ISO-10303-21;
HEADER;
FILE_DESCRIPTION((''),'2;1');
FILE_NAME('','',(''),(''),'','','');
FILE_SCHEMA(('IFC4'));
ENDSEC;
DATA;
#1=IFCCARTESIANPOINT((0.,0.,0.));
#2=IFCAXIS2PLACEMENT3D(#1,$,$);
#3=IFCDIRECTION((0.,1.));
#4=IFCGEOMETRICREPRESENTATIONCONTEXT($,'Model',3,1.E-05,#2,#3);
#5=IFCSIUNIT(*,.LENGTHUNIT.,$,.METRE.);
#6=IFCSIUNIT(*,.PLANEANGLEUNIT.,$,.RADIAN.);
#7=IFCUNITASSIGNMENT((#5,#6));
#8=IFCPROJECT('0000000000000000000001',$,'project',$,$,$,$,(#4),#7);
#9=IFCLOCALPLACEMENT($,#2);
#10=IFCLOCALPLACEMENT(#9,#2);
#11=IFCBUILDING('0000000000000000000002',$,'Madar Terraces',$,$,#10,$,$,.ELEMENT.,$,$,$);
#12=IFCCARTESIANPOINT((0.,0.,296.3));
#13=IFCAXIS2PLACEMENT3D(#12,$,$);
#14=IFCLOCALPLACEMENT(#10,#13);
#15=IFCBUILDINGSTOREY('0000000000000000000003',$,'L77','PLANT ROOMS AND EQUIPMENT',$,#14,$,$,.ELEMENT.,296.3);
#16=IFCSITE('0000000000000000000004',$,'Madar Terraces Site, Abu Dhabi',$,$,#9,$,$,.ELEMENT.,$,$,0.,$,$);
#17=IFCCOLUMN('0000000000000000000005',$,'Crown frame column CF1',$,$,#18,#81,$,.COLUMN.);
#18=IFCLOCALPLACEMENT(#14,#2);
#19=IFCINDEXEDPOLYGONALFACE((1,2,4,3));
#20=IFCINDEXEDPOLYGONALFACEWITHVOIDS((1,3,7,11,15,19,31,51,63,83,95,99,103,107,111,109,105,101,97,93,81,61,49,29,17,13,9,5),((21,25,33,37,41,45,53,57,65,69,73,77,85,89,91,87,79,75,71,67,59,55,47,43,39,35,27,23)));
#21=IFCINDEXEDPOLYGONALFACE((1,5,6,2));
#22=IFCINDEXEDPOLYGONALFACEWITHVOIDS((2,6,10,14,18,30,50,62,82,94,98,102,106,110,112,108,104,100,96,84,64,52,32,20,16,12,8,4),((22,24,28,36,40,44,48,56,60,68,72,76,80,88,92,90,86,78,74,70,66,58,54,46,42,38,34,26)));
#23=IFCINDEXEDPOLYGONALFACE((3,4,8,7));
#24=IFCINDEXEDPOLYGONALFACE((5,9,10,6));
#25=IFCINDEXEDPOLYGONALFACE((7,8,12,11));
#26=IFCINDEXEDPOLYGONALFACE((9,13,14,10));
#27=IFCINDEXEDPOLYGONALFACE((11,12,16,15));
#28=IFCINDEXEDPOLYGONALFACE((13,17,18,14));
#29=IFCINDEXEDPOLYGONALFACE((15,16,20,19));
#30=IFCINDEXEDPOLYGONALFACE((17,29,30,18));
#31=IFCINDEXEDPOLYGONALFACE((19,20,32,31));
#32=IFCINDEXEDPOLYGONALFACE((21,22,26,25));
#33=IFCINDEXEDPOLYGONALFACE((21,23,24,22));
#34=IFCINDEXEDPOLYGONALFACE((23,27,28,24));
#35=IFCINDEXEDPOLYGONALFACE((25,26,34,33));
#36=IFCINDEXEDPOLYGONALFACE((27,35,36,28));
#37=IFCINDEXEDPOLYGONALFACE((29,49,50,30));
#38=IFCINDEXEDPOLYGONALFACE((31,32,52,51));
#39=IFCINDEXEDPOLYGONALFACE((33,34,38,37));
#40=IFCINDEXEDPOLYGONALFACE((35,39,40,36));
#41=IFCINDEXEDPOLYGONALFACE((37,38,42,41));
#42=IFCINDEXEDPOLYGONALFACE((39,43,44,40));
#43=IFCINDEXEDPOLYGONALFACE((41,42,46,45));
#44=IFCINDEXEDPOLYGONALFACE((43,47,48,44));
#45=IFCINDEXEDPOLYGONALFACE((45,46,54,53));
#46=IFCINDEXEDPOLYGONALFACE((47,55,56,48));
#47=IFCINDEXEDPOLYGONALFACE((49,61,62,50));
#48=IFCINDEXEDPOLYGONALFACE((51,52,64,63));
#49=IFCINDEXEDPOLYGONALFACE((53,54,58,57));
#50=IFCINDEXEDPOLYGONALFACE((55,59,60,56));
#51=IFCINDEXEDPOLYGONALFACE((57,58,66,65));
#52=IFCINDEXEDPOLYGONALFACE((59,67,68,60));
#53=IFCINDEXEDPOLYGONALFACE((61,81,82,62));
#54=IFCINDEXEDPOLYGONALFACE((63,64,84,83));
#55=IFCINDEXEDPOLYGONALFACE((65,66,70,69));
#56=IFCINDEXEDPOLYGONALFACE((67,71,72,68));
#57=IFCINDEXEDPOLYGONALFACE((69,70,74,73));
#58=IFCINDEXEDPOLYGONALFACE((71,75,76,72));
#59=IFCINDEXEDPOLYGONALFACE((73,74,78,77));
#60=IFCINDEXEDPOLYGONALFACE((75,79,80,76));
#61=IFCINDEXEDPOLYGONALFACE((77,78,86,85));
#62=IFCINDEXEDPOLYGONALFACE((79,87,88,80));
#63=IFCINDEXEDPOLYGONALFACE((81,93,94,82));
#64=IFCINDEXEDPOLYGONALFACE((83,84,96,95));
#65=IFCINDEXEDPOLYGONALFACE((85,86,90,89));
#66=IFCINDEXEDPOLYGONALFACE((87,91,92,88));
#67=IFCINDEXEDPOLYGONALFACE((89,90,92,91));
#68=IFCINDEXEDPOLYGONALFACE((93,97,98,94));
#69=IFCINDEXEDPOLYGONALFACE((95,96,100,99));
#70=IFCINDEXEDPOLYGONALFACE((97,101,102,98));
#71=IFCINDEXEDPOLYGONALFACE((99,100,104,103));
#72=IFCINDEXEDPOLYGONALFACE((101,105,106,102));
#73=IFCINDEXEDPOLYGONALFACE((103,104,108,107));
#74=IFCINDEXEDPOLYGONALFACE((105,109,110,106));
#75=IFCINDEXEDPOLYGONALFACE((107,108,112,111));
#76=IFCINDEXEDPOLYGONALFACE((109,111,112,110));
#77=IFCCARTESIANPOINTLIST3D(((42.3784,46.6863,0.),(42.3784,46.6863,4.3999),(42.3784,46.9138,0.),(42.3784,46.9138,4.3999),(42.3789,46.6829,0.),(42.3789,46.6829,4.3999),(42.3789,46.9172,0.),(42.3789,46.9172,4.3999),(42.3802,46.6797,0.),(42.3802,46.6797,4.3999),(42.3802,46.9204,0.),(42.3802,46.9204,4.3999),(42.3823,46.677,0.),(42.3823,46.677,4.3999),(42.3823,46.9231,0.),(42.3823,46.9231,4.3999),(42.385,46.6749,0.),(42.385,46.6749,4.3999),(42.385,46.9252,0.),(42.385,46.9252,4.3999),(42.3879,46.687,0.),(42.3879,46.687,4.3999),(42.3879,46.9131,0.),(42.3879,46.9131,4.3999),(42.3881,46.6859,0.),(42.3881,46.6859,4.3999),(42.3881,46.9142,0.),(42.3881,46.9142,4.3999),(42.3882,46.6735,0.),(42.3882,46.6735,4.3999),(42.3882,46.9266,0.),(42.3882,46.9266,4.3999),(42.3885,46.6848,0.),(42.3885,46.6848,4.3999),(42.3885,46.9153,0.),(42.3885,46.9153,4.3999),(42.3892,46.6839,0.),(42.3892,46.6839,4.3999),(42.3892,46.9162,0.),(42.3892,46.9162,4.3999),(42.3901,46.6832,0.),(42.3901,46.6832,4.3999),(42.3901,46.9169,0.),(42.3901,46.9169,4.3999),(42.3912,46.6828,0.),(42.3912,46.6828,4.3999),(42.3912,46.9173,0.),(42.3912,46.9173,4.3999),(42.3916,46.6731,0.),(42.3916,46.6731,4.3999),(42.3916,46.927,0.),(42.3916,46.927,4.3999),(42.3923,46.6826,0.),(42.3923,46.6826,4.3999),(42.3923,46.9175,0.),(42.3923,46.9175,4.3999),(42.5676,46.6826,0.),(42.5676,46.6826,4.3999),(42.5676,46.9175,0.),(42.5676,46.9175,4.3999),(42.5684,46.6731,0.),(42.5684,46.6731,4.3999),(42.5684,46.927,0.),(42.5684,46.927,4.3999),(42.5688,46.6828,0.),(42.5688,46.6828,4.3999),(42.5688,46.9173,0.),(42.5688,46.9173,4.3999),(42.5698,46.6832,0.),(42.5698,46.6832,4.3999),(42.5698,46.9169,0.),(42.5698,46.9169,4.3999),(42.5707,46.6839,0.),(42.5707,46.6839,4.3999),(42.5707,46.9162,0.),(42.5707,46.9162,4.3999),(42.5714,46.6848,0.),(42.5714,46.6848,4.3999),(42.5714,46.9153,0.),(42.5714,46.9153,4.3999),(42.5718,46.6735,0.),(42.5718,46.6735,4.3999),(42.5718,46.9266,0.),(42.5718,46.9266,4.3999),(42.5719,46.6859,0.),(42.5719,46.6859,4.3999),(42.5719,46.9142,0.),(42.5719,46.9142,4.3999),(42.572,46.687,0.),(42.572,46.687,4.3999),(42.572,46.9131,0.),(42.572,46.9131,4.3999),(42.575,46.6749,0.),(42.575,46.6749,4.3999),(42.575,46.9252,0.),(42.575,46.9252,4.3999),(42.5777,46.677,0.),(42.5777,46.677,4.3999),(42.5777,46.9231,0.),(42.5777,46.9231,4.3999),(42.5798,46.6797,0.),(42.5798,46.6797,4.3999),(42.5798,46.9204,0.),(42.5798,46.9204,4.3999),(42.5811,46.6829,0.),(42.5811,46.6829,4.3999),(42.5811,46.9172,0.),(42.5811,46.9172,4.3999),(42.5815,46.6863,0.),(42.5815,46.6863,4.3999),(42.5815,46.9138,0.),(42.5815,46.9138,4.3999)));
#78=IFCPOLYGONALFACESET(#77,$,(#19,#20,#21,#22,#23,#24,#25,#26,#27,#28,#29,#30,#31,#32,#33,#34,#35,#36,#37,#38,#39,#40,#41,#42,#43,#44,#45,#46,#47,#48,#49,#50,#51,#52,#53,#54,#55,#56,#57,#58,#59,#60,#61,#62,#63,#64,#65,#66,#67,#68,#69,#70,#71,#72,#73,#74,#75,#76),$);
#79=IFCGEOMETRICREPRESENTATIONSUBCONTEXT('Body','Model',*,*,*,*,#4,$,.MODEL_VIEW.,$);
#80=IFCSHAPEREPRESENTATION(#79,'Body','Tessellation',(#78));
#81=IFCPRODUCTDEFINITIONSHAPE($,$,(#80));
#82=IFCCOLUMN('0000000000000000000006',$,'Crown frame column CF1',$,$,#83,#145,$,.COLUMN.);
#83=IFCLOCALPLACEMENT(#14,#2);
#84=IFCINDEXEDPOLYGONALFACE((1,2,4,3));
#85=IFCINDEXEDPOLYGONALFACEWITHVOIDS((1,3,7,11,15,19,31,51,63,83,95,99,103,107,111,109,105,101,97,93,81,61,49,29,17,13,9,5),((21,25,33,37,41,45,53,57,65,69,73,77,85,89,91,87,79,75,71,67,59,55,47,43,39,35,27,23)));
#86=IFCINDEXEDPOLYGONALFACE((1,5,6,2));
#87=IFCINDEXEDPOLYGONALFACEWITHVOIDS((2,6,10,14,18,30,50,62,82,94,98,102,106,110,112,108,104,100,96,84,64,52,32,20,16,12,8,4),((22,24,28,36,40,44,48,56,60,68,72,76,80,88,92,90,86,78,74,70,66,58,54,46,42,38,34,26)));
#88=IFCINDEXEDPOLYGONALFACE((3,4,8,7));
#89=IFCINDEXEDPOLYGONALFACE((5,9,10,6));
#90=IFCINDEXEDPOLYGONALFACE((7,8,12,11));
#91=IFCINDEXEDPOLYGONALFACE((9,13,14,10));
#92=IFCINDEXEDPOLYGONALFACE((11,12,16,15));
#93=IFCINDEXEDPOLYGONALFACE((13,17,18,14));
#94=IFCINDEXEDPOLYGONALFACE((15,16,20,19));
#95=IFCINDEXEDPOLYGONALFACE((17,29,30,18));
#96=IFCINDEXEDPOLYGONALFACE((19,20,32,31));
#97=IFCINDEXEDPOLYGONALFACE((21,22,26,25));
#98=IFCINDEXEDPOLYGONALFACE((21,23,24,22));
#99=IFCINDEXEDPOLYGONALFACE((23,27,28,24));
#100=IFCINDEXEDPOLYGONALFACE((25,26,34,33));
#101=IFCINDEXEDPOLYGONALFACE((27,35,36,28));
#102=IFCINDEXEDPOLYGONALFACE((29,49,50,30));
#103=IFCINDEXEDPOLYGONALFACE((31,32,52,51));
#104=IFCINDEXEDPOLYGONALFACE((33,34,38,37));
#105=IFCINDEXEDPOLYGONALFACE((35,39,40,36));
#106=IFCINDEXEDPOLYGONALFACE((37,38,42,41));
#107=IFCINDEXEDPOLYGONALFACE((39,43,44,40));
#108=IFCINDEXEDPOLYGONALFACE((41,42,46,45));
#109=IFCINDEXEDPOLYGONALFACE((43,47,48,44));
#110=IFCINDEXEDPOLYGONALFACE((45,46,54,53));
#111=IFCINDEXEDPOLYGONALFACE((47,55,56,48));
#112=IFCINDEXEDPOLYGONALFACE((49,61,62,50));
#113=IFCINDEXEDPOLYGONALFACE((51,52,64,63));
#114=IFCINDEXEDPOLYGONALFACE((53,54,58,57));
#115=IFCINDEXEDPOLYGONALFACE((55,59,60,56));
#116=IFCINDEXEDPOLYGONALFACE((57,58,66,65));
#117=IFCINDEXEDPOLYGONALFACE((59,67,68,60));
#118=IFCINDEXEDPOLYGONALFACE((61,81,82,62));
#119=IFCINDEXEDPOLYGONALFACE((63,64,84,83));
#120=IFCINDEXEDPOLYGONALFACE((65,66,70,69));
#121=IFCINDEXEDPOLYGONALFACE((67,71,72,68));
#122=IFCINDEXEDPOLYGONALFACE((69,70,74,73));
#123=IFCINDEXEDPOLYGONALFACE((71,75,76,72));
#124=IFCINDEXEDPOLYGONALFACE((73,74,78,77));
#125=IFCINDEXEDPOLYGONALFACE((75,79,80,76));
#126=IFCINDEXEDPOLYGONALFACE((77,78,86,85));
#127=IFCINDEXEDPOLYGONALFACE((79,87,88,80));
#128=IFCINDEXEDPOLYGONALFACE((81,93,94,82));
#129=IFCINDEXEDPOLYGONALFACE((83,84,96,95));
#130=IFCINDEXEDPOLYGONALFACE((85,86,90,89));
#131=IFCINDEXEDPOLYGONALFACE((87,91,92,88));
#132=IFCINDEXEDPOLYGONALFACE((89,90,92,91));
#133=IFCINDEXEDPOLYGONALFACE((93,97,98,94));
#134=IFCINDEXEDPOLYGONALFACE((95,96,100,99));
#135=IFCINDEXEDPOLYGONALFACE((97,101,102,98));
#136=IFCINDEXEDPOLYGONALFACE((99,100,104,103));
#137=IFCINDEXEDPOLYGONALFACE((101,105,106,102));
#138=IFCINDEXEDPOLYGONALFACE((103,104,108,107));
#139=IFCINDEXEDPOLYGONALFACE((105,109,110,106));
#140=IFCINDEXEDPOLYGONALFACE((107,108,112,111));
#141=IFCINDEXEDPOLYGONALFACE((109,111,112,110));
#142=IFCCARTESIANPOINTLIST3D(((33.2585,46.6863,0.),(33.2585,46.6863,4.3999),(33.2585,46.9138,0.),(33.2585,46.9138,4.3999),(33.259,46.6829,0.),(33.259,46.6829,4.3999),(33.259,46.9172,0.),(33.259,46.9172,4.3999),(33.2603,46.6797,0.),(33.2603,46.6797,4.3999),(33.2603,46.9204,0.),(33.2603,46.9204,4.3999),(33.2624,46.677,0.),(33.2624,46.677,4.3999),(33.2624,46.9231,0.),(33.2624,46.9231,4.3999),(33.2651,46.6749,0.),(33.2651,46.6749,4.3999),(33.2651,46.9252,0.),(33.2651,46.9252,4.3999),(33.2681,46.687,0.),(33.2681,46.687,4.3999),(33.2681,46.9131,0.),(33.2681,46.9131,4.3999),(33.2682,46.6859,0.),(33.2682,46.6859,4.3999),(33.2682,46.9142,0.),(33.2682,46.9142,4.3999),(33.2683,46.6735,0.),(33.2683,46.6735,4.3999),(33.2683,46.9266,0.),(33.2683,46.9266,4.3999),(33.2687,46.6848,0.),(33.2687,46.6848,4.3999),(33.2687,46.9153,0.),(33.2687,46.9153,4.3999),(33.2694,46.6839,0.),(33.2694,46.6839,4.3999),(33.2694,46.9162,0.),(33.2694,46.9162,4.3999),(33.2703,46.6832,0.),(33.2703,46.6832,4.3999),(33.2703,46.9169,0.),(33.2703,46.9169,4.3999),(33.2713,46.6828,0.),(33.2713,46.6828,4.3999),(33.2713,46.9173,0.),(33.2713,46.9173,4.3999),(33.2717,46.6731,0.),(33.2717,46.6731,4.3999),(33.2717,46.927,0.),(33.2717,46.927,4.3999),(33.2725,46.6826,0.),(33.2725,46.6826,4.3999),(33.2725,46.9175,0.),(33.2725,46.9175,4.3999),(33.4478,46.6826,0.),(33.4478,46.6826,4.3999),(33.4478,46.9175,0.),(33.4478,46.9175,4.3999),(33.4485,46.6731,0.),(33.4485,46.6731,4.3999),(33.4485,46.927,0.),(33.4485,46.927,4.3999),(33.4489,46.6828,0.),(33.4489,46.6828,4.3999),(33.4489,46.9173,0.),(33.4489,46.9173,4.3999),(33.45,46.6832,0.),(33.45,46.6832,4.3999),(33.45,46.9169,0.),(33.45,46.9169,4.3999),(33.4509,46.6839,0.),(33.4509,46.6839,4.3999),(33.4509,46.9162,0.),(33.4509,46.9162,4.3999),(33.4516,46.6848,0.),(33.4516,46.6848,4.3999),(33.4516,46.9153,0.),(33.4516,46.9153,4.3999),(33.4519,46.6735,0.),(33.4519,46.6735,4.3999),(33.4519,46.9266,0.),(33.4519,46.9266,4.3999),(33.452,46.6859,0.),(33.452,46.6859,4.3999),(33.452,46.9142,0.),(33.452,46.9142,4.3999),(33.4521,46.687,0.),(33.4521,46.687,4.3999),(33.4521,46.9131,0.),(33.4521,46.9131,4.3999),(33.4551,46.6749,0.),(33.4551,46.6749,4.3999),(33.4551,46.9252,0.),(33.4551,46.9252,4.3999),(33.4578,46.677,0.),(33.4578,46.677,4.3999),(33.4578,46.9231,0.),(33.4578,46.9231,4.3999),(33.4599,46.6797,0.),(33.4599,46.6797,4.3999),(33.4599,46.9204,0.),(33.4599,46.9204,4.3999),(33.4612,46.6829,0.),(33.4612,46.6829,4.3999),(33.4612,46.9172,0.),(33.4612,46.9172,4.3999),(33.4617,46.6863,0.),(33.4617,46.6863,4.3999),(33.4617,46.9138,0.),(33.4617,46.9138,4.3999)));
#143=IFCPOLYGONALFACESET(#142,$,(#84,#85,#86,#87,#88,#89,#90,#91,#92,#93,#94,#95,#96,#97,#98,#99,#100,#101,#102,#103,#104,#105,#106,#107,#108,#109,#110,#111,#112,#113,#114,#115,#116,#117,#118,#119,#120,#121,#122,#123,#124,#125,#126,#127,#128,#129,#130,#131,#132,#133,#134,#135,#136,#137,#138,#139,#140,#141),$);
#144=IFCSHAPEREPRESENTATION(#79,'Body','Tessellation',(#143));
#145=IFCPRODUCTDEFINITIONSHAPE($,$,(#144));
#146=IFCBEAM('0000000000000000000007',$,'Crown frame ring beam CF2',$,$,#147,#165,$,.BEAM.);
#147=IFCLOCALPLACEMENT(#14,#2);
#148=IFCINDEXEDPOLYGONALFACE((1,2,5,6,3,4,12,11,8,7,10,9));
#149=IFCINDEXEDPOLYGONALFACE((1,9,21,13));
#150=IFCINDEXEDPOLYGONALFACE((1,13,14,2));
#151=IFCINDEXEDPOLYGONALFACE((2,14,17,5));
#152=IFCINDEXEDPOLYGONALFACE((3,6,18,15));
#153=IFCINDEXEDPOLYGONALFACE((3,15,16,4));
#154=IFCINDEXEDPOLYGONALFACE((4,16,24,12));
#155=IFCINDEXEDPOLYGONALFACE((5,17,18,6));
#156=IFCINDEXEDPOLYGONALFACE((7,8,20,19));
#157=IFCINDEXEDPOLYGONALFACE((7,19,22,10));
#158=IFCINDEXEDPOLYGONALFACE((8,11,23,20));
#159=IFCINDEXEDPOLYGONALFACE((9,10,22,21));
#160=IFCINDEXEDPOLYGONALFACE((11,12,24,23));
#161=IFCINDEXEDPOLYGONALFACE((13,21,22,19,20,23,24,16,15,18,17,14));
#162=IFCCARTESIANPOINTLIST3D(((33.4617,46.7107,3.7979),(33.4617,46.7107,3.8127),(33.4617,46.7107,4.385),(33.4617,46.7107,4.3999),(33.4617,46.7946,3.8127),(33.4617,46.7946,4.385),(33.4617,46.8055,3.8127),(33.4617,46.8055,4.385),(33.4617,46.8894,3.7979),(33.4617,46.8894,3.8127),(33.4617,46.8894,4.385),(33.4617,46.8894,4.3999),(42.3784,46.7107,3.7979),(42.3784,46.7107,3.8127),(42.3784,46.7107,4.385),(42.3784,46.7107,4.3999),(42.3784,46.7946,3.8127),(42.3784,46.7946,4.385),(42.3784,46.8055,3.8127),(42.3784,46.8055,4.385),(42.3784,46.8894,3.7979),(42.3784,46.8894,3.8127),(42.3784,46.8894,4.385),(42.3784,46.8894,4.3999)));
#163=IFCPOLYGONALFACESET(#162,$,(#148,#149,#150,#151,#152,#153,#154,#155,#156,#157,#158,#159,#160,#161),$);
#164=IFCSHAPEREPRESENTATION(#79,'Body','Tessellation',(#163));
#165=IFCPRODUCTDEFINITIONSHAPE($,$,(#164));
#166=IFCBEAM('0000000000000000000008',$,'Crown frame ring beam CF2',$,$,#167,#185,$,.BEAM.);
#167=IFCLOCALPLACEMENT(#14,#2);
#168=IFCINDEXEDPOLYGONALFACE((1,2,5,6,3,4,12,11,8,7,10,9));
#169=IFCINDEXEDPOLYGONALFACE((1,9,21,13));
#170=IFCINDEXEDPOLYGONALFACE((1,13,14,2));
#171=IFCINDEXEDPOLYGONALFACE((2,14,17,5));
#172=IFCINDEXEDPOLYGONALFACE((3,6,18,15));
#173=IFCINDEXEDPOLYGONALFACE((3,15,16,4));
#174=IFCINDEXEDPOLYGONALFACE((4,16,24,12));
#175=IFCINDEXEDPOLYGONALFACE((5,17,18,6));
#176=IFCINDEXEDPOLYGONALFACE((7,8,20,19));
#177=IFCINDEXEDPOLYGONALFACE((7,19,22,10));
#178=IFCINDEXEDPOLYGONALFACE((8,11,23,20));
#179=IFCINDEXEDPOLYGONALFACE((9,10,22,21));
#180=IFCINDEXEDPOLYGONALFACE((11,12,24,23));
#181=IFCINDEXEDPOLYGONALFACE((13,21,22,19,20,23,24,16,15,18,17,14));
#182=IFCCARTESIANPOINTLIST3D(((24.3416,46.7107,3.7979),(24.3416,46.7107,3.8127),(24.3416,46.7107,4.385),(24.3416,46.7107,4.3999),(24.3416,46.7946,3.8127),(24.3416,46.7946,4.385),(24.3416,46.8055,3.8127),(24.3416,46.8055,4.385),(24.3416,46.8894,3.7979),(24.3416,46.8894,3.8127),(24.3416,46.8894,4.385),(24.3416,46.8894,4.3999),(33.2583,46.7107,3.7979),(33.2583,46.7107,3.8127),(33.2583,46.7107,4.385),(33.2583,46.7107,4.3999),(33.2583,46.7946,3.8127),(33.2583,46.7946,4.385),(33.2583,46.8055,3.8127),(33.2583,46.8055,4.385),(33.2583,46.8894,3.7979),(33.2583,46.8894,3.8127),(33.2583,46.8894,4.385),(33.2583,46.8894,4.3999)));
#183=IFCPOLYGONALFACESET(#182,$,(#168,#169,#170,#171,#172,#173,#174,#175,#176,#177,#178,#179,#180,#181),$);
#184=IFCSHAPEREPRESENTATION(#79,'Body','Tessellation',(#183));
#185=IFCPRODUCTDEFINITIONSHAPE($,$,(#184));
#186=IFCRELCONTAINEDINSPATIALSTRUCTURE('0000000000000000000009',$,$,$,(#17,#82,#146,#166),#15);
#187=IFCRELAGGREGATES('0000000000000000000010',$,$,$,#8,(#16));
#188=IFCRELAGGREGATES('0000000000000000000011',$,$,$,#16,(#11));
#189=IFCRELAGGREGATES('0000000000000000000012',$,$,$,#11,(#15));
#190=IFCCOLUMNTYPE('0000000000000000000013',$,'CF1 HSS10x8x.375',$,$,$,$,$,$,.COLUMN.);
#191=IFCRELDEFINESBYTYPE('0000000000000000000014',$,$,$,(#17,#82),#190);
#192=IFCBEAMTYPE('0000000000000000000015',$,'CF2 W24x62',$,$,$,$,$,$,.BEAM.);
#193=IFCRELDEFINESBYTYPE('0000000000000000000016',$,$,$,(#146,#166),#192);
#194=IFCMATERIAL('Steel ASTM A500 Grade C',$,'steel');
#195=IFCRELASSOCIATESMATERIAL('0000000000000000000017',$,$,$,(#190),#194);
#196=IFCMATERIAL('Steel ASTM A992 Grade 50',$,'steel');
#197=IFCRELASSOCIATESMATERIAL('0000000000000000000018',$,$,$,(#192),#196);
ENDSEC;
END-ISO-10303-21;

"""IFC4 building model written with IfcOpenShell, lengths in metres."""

from ifc_helpers import new_model, si_unit, direction, frame, origin, origin_2d, place, context, subcontext, project, spatial, hollow_rectangle, i_section, extrude, material, material_profile, profile_set, type_object, element, save


model = new_model("IFC4")

# Units and contexts
model_context = context("Model", 3, precision=1e-05, world=origin(), true_north=direction((0.0, 1.0)))
body_context = subcontext(model_context, "Body", "Model", "MODEL_VIEW")
ifc_project = project(units=[si_unit("LENGTHUNIT", "METRE"), si_unit("PLANEANGLEUNIT", "RADIAN")], contexts=[model_context])

# Site, building, storey
site_placement = place(None, origin())
site = spatial("IfcSite", under=ifc_project, at=site_placement, Name="Madar Terraces Site, Abu Dhabi", CompositionType="ELEMENT", RefElevation=0.0)
building_placement = place(site_placement, origin())
building = spatial("IfcBuilding", under=site, at=building_placement, Name="Madar Terraces", CompositionType="ELEMENT")
storey_placement = place(building_placement, frame((0.0, 0.0, 296.3)))
storey = spatial("IfcBuildingStorey", under=building, at=storey_placement, Name="L77", Description="PLANT ROOMS AND EQUIPMENT", CompositionType="ELEMENT", Elevation=296.3)

# Columns
ifc_material_1 = material(Name="Steel ASTM A500 Grade C", Category="steel")
ifc_material_profile_1 = material_profile(ifc_material_1, hollow_rectangle(XDim=0.2031, YDim=0.2539, WallThickness=0.0095, InnerFilletRadius=0.0044, OuterFilletRadius=0.0132, at=origin_2d()), Name="HSS10x8x.375")
ifc_profile_set_1 = profile_set([ifc_material_profile_1], Name="Steel ASTM A500 Grade C")
column_type = type_object("IfcColumnType", Name="CF1 HSS10x8x.375", PredefinedType="COLUMN", material=ifc_profile_set_1)
for number, where, z_axis, x_axis, name in (
    (1, (42.48, 46.8, 0.0), (0.0, 0.0, 1.0), (1.0, 0.0, 0.0), "Crown frame column CF1"),
    (2, (33.3601, 46.8, 0.0), (0.0, 0.0, 1.0), (1.0, 0.0, 0.0), "Crown frame column CF1"),
):
    element("IfcColumn", number, at=place(storey_placement, frame(where, z_axis=z_axis, x_axis=x_axis)), inside=storey, type_object=column_type, Name=name, PredefinedType="COLUMN", context=body_context, shape_type="SweptSolid", body=[
        extrude(hollow_rectangle(XDim=0.2031, YDim=0.2539, WallThickness=0.0095, InnerFilletRadius=0.0044, OuterFilletRadius=0.0132, at=origin_2d()), origin(), (0.0, 0.0, 1.0), 4.3999),
    ])

# Beams
ifc_material_2 = material(Name="Steel ASTM A992 Grade 50", Category="steel")
ifc_material_profile_2 = material_profile(ifc_material_2, i_section(OverallWidth=0.1787, OverallDepth=0.6021, WebThickness=0.011, FlangeThickness=0.0149, at=origin_2d()), Name="W24x62")
ifc_profile_set_2 = profile_set([ifc_material_profile_2], Name="Steel ASTM A992 Grade 50")
beam_type = type_object("IfcBeamType", Name="CF2 W24x62", PredefinedType="BEAM", material=ifc_profile_set_2)
for number, where, z_axis, x_axis, name in (
    (3, (42.3784, 46.8, 4.0989), (-1.0, 0.0, 0.0), (0.0, -1.0, 0.0), "Crown frame ring beam CF2"),
    (4, (33.2583, 46.8, 4.0989), (-1.0, 0.0, 0.0), (0.0, -1.0, 0.0), "Crown frame ring beam CF2"),
):
    element("IfcBeam", number, at=place(storey_placement, frame(where, z_axis=z_axis, x_axis=x_axis)), inside=storey, type_object=beam_type, Name=name, PredefinedType="BEAM", context=body_context, shape_type="SweptSolid", body=[
        extrude(i_section(OverallWidth=0.1787, OverallDepth=0.6021, WebThickness=0.011, FlangeThickness=0.0149, at=origin_2d()), origin(), (0.0, 0.0, 1.0), 8.9167),
    ])

save(model, "model.ifc")
